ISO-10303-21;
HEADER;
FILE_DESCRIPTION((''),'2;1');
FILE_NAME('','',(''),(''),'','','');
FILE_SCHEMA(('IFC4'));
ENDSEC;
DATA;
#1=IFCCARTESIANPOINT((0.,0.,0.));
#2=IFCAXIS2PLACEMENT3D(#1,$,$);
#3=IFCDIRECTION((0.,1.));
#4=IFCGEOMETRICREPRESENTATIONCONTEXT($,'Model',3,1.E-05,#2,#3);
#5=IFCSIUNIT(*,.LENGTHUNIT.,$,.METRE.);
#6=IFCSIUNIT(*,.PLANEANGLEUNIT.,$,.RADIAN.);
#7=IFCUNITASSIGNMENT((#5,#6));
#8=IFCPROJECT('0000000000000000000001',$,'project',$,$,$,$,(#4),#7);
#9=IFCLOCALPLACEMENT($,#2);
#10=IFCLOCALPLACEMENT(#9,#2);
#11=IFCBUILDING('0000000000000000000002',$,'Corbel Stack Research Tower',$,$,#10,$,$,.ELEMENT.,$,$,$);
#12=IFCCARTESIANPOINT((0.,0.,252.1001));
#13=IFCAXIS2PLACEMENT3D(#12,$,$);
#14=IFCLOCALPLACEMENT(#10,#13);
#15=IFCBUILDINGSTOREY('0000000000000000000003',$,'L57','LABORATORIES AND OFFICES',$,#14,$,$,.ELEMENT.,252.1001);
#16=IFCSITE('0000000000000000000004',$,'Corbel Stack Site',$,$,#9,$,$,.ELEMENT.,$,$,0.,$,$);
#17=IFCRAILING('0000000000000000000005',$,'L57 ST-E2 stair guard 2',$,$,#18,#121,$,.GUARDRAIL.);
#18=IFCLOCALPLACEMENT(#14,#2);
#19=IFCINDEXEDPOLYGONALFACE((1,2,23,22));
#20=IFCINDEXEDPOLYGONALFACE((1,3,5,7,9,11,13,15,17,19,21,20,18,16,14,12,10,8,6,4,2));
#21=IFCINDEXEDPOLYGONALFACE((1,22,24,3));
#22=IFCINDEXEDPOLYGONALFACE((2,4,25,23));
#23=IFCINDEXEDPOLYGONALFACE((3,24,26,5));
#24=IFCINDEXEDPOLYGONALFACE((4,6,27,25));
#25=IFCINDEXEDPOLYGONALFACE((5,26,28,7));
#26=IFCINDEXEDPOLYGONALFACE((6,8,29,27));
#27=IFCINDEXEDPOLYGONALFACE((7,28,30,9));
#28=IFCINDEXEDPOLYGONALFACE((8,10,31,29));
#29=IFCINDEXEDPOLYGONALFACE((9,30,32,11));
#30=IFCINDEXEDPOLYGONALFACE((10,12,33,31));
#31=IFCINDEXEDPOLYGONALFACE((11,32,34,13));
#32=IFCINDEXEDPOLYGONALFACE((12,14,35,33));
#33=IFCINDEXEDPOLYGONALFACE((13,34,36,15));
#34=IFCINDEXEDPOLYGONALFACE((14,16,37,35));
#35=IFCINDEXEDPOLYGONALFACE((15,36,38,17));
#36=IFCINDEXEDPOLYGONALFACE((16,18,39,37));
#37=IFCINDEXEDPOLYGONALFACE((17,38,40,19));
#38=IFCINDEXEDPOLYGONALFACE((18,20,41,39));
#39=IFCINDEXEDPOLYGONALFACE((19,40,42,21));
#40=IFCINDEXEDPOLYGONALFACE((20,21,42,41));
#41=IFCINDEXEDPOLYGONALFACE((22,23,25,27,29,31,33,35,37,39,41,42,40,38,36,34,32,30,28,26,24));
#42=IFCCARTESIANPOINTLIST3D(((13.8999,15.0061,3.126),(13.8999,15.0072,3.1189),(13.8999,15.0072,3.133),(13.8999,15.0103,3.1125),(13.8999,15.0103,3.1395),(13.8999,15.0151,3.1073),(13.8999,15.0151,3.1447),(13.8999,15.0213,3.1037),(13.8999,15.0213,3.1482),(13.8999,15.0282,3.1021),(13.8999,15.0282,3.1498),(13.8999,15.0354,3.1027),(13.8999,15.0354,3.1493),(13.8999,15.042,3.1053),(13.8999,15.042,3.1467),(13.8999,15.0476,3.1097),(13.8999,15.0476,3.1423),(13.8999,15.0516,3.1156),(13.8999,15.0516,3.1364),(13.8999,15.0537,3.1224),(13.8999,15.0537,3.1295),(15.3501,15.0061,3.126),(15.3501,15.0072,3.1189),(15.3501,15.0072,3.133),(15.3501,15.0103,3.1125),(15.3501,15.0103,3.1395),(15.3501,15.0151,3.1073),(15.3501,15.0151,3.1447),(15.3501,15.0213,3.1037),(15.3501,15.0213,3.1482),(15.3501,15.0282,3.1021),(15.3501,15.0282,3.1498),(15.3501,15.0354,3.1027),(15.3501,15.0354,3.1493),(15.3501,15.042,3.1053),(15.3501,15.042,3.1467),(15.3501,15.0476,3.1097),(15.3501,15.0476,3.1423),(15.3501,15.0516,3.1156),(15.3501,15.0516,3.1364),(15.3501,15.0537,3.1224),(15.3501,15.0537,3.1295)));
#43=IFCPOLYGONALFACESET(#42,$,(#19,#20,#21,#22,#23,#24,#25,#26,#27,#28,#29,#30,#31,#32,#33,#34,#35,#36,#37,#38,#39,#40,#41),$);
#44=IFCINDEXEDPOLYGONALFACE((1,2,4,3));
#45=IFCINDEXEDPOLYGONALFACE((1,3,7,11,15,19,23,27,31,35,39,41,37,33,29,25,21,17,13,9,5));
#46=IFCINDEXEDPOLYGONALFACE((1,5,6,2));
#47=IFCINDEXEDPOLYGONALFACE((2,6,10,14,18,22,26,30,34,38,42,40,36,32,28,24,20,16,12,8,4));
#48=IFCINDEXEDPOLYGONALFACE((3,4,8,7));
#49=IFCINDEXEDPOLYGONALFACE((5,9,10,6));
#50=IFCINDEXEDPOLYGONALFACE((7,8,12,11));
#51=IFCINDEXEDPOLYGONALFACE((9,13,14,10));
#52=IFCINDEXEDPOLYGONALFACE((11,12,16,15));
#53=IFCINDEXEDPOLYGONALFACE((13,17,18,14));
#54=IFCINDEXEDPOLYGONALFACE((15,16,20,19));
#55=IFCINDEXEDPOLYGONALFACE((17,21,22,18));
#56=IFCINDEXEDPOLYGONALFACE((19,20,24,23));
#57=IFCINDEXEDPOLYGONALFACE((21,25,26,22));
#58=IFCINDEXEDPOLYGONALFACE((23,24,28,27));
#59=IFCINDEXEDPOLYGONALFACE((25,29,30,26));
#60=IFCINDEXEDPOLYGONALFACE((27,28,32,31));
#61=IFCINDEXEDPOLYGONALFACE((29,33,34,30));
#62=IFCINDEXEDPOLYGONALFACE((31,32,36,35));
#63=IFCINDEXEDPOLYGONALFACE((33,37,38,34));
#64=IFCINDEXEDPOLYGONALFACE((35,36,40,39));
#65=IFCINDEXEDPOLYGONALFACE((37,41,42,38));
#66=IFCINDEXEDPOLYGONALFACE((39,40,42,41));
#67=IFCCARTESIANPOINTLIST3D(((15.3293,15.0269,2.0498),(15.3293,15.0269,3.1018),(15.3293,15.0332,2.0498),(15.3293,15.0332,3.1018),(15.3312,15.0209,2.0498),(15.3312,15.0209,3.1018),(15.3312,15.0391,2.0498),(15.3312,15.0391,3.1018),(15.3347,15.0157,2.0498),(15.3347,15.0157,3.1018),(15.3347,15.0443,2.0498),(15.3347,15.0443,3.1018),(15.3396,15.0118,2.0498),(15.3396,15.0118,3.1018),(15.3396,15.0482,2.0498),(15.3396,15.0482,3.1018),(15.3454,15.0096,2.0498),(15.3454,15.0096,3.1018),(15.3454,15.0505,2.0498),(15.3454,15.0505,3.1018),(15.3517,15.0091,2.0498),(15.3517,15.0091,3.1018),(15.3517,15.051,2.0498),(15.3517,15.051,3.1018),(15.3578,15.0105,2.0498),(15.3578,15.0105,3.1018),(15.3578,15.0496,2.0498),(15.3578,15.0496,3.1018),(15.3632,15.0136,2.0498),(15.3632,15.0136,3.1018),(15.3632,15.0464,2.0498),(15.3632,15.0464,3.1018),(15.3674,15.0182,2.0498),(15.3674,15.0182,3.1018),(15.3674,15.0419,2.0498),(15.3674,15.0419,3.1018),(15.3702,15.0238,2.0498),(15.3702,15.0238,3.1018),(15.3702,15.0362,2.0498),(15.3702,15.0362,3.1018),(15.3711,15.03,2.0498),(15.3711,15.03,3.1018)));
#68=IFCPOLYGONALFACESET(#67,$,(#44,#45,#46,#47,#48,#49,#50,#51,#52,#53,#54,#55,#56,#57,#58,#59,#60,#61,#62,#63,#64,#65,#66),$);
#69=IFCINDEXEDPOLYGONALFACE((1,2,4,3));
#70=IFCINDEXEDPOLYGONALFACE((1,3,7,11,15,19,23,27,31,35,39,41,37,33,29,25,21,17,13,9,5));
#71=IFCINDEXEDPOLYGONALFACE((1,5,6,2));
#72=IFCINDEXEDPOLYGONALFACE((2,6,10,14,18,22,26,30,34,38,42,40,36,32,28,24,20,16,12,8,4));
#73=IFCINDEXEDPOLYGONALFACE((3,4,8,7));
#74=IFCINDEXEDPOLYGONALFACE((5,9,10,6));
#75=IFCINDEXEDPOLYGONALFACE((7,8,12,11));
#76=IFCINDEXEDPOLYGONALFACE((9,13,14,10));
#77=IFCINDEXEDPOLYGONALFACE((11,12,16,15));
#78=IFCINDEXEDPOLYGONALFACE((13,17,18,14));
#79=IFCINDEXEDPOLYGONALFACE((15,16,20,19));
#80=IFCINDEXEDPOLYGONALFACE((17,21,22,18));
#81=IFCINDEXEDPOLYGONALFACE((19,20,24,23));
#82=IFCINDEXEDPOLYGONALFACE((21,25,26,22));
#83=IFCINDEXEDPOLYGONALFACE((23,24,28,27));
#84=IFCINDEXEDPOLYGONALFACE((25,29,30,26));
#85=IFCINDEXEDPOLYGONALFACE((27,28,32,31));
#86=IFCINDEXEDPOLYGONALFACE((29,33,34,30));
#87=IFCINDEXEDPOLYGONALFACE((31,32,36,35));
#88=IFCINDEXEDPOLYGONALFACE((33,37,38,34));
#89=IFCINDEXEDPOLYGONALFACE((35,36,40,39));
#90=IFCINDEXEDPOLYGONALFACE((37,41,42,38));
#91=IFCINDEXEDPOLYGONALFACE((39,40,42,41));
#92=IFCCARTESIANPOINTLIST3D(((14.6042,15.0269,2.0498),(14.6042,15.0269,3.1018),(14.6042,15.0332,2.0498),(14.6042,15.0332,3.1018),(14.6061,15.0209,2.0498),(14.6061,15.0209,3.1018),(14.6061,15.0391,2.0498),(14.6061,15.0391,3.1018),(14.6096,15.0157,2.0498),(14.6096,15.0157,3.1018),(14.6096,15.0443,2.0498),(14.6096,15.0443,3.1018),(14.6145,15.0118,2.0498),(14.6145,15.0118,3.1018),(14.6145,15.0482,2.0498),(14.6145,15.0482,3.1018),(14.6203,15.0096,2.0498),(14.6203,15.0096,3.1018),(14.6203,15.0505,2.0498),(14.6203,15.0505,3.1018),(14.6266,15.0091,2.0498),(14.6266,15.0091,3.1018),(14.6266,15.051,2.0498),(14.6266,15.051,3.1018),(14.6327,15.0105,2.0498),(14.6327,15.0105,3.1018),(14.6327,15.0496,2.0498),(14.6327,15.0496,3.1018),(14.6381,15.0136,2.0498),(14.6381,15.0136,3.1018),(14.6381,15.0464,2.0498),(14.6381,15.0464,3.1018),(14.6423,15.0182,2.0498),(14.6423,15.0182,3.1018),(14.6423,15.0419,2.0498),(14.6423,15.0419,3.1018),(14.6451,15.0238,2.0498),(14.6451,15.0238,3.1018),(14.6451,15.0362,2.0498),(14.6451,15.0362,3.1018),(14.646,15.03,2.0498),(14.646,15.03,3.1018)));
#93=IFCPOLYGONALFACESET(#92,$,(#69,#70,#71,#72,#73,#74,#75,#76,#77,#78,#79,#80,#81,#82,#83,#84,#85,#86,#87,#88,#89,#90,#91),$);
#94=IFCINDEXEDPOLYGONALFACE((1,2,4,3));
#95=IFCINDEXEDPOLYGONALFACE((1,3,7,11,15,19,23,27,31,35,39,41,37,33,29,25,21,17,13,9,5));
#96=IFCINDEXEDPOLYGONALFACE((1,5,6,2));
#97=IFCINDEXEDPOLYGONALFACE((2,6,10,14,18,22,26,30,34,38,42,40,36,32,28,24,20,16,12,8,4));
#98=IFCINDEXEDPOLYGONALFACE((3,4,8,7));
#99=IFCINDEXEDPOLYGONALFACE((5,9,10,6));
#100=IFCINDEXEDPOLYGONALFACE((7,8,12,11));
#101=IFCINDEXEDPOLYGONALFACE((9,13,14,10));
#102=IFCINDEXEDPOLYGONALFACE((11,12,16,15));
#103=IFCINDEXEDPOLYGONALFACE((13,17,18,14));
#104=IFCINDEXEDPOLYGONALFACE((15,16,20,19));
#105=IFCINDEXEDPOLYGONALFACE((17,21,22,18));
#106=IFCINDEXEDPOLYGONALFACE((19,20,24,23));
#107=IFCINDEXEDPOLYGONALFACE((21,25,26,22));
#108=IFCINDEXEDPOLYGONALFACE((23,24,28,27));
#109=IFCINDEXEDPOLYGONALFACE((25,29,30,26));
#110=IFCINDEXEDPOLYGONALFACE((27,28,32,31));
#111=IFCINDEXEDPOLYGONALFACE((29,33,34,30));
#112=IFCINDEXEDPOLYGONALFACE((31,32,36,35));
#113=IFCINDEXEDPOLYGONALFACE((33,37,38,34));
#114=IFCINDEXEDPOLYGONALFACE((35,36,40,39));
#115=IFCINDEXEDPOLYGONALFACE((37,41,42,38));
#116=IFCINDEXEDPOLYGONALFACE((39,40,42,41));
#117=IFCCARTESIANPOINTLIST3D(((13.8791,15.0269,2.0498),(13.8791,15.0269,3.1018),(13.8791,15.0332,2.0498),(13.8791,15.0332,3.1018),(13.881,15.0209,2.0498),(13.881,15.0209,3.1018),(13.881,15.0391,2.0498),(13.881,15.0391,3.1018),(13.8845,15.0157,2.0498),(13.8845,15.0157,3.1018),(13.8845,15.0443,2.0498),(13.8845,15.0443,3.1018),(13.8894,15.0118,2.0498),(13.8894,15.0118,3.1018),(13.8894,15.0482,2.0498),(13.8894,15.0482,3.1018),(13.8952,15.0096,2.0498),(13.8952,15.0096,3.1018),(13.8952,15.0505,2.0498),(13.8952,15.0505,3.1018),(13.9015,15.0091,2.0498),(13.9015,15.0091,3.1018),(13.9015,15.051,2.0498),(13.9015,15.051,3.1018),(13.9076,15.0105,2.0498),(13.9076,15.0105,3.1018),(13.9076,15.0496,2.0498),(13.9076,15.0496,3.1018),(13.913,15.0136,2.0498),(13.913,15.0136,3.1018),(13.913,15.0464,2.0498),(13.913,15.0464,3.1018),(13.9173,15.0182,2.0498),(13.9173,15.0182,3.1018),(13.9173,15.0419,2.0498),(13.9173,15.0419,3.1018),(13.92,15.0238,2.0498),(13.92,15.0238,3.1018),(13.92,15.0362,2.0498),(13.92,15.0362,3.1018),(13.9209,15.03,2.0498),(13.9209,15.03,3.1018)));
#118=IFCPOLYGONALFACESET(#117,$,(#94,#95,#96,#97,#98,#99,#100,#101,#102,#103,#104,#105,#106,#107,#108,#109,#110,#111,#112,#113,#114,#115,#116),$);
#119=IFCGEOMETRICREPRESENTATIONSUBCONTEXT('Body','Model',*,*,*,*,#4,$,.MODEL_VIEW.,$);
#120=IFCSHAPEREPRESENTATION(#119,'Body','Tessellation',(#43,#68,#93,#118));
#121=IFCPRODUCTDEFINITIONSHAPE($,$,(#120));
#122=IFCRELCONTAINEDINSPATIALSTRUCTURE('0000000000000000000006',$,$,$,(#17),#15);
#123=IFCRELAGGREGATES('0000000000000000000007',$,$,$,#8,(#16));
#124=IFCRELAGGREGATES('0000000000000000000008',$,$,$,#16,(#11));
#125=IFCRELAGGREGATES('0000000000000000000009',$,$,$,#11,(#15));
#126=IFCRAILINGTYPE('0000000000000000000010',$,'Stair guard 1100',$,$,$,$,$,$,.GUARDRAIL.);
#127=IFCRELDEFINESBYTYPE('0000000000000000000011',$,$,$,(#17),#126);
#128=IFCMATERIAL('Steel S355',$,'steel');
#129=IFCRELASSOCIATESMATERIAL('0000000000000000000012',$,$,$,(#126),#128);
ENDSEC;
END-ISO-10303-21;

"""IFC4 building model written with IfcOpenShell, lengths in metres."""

from ifc_helpers import new_model, si_unit, direction, frame, origin, origin_2d, place, context, subcontext, project, spatial, circle, extrude, material, type_object, element, save


model = new_model("IFC4")

# Units and contexts
model_context = context("Model", 3, precision=1e-05, world=origin(), true_north=direction((0.0, 1.0)))
body_context = subcontext(model_context, "Body", "Model", "MODEL_VIEW")
ifc_project = project(units=[si_unit("LENGTHUNIT", "METRE"), si_unit("PLANEANGLEUNIT", "RADIAN")], contexts=[model_context])

# Site, building, storey
site_placement = place(None, origin())
site = spatial("IfcSite", under=ifc_project, at=site_placement, Name="Corbel Stack Site", CompositionType="ELEMENT", RefElevation=0.0)
building_placement = place(site_placement, origin())
building = spatial("IfcBuilding", under=site, at=building_placement, Name="Corbel Stack Research Tower", CompositionType="ELEMENT")
storey_placement = place(building_placement, frame((0.0, 0.0, 252.1001)))
storey = spatial("IfcBuildingStorey", under=building, at=storey_placement, Name="L57", Description="LABORATORIES AND OFFICES", CompositionType="ELEMENT", Elevation=252.1001)

# Railing
ifc_material_1 = material(Name="Steel S355", Category="steel")
railing_type_1 = type_object("IfcRailingType", Name="Stair guard 1100", PredefinedType="GUARDRAIL", material=ifc_material_1)
railing_1_placement = place(storey_placement, frame((15.3501, 15.03, 2.0498)))
element("IfcRailing", 1, at=railing_1_placement, inside=storey, type_object=railing_type_1, Name="L57 ST-E2 stair guard 2", PredefinedType="GUARDRAIL", context=body_context, shape_type="SweptSolid", body=[
    extrude(circle(Radius=0.0239, at=origin_2d()), frame((0.0, 0.0, 1.0762), z_axis=(-1.0, 0.0, 0.0), x_axis=(0.0, -1.0, 0.0)), (0.0, 0.0, 1.0), 1.4502),
    extrude(circle(Radius=0.021, at=origin_2d()), origin(), (0.0, 0.0, 1.0), 1.052),
    extrude(circle(Radius=0.021, at=origin_2d()), frame((-0.7251, 0.0, 0.0)), (0.0, 0.0, 1.0), 1.052),
    extrude(circle(Radius=0.021, at=origin_2d()), frame((-1.4502, 0.0, 0.0)), (0.0, 0.0, 1.0), 1.052),
])

save(model, "model.ifc")
